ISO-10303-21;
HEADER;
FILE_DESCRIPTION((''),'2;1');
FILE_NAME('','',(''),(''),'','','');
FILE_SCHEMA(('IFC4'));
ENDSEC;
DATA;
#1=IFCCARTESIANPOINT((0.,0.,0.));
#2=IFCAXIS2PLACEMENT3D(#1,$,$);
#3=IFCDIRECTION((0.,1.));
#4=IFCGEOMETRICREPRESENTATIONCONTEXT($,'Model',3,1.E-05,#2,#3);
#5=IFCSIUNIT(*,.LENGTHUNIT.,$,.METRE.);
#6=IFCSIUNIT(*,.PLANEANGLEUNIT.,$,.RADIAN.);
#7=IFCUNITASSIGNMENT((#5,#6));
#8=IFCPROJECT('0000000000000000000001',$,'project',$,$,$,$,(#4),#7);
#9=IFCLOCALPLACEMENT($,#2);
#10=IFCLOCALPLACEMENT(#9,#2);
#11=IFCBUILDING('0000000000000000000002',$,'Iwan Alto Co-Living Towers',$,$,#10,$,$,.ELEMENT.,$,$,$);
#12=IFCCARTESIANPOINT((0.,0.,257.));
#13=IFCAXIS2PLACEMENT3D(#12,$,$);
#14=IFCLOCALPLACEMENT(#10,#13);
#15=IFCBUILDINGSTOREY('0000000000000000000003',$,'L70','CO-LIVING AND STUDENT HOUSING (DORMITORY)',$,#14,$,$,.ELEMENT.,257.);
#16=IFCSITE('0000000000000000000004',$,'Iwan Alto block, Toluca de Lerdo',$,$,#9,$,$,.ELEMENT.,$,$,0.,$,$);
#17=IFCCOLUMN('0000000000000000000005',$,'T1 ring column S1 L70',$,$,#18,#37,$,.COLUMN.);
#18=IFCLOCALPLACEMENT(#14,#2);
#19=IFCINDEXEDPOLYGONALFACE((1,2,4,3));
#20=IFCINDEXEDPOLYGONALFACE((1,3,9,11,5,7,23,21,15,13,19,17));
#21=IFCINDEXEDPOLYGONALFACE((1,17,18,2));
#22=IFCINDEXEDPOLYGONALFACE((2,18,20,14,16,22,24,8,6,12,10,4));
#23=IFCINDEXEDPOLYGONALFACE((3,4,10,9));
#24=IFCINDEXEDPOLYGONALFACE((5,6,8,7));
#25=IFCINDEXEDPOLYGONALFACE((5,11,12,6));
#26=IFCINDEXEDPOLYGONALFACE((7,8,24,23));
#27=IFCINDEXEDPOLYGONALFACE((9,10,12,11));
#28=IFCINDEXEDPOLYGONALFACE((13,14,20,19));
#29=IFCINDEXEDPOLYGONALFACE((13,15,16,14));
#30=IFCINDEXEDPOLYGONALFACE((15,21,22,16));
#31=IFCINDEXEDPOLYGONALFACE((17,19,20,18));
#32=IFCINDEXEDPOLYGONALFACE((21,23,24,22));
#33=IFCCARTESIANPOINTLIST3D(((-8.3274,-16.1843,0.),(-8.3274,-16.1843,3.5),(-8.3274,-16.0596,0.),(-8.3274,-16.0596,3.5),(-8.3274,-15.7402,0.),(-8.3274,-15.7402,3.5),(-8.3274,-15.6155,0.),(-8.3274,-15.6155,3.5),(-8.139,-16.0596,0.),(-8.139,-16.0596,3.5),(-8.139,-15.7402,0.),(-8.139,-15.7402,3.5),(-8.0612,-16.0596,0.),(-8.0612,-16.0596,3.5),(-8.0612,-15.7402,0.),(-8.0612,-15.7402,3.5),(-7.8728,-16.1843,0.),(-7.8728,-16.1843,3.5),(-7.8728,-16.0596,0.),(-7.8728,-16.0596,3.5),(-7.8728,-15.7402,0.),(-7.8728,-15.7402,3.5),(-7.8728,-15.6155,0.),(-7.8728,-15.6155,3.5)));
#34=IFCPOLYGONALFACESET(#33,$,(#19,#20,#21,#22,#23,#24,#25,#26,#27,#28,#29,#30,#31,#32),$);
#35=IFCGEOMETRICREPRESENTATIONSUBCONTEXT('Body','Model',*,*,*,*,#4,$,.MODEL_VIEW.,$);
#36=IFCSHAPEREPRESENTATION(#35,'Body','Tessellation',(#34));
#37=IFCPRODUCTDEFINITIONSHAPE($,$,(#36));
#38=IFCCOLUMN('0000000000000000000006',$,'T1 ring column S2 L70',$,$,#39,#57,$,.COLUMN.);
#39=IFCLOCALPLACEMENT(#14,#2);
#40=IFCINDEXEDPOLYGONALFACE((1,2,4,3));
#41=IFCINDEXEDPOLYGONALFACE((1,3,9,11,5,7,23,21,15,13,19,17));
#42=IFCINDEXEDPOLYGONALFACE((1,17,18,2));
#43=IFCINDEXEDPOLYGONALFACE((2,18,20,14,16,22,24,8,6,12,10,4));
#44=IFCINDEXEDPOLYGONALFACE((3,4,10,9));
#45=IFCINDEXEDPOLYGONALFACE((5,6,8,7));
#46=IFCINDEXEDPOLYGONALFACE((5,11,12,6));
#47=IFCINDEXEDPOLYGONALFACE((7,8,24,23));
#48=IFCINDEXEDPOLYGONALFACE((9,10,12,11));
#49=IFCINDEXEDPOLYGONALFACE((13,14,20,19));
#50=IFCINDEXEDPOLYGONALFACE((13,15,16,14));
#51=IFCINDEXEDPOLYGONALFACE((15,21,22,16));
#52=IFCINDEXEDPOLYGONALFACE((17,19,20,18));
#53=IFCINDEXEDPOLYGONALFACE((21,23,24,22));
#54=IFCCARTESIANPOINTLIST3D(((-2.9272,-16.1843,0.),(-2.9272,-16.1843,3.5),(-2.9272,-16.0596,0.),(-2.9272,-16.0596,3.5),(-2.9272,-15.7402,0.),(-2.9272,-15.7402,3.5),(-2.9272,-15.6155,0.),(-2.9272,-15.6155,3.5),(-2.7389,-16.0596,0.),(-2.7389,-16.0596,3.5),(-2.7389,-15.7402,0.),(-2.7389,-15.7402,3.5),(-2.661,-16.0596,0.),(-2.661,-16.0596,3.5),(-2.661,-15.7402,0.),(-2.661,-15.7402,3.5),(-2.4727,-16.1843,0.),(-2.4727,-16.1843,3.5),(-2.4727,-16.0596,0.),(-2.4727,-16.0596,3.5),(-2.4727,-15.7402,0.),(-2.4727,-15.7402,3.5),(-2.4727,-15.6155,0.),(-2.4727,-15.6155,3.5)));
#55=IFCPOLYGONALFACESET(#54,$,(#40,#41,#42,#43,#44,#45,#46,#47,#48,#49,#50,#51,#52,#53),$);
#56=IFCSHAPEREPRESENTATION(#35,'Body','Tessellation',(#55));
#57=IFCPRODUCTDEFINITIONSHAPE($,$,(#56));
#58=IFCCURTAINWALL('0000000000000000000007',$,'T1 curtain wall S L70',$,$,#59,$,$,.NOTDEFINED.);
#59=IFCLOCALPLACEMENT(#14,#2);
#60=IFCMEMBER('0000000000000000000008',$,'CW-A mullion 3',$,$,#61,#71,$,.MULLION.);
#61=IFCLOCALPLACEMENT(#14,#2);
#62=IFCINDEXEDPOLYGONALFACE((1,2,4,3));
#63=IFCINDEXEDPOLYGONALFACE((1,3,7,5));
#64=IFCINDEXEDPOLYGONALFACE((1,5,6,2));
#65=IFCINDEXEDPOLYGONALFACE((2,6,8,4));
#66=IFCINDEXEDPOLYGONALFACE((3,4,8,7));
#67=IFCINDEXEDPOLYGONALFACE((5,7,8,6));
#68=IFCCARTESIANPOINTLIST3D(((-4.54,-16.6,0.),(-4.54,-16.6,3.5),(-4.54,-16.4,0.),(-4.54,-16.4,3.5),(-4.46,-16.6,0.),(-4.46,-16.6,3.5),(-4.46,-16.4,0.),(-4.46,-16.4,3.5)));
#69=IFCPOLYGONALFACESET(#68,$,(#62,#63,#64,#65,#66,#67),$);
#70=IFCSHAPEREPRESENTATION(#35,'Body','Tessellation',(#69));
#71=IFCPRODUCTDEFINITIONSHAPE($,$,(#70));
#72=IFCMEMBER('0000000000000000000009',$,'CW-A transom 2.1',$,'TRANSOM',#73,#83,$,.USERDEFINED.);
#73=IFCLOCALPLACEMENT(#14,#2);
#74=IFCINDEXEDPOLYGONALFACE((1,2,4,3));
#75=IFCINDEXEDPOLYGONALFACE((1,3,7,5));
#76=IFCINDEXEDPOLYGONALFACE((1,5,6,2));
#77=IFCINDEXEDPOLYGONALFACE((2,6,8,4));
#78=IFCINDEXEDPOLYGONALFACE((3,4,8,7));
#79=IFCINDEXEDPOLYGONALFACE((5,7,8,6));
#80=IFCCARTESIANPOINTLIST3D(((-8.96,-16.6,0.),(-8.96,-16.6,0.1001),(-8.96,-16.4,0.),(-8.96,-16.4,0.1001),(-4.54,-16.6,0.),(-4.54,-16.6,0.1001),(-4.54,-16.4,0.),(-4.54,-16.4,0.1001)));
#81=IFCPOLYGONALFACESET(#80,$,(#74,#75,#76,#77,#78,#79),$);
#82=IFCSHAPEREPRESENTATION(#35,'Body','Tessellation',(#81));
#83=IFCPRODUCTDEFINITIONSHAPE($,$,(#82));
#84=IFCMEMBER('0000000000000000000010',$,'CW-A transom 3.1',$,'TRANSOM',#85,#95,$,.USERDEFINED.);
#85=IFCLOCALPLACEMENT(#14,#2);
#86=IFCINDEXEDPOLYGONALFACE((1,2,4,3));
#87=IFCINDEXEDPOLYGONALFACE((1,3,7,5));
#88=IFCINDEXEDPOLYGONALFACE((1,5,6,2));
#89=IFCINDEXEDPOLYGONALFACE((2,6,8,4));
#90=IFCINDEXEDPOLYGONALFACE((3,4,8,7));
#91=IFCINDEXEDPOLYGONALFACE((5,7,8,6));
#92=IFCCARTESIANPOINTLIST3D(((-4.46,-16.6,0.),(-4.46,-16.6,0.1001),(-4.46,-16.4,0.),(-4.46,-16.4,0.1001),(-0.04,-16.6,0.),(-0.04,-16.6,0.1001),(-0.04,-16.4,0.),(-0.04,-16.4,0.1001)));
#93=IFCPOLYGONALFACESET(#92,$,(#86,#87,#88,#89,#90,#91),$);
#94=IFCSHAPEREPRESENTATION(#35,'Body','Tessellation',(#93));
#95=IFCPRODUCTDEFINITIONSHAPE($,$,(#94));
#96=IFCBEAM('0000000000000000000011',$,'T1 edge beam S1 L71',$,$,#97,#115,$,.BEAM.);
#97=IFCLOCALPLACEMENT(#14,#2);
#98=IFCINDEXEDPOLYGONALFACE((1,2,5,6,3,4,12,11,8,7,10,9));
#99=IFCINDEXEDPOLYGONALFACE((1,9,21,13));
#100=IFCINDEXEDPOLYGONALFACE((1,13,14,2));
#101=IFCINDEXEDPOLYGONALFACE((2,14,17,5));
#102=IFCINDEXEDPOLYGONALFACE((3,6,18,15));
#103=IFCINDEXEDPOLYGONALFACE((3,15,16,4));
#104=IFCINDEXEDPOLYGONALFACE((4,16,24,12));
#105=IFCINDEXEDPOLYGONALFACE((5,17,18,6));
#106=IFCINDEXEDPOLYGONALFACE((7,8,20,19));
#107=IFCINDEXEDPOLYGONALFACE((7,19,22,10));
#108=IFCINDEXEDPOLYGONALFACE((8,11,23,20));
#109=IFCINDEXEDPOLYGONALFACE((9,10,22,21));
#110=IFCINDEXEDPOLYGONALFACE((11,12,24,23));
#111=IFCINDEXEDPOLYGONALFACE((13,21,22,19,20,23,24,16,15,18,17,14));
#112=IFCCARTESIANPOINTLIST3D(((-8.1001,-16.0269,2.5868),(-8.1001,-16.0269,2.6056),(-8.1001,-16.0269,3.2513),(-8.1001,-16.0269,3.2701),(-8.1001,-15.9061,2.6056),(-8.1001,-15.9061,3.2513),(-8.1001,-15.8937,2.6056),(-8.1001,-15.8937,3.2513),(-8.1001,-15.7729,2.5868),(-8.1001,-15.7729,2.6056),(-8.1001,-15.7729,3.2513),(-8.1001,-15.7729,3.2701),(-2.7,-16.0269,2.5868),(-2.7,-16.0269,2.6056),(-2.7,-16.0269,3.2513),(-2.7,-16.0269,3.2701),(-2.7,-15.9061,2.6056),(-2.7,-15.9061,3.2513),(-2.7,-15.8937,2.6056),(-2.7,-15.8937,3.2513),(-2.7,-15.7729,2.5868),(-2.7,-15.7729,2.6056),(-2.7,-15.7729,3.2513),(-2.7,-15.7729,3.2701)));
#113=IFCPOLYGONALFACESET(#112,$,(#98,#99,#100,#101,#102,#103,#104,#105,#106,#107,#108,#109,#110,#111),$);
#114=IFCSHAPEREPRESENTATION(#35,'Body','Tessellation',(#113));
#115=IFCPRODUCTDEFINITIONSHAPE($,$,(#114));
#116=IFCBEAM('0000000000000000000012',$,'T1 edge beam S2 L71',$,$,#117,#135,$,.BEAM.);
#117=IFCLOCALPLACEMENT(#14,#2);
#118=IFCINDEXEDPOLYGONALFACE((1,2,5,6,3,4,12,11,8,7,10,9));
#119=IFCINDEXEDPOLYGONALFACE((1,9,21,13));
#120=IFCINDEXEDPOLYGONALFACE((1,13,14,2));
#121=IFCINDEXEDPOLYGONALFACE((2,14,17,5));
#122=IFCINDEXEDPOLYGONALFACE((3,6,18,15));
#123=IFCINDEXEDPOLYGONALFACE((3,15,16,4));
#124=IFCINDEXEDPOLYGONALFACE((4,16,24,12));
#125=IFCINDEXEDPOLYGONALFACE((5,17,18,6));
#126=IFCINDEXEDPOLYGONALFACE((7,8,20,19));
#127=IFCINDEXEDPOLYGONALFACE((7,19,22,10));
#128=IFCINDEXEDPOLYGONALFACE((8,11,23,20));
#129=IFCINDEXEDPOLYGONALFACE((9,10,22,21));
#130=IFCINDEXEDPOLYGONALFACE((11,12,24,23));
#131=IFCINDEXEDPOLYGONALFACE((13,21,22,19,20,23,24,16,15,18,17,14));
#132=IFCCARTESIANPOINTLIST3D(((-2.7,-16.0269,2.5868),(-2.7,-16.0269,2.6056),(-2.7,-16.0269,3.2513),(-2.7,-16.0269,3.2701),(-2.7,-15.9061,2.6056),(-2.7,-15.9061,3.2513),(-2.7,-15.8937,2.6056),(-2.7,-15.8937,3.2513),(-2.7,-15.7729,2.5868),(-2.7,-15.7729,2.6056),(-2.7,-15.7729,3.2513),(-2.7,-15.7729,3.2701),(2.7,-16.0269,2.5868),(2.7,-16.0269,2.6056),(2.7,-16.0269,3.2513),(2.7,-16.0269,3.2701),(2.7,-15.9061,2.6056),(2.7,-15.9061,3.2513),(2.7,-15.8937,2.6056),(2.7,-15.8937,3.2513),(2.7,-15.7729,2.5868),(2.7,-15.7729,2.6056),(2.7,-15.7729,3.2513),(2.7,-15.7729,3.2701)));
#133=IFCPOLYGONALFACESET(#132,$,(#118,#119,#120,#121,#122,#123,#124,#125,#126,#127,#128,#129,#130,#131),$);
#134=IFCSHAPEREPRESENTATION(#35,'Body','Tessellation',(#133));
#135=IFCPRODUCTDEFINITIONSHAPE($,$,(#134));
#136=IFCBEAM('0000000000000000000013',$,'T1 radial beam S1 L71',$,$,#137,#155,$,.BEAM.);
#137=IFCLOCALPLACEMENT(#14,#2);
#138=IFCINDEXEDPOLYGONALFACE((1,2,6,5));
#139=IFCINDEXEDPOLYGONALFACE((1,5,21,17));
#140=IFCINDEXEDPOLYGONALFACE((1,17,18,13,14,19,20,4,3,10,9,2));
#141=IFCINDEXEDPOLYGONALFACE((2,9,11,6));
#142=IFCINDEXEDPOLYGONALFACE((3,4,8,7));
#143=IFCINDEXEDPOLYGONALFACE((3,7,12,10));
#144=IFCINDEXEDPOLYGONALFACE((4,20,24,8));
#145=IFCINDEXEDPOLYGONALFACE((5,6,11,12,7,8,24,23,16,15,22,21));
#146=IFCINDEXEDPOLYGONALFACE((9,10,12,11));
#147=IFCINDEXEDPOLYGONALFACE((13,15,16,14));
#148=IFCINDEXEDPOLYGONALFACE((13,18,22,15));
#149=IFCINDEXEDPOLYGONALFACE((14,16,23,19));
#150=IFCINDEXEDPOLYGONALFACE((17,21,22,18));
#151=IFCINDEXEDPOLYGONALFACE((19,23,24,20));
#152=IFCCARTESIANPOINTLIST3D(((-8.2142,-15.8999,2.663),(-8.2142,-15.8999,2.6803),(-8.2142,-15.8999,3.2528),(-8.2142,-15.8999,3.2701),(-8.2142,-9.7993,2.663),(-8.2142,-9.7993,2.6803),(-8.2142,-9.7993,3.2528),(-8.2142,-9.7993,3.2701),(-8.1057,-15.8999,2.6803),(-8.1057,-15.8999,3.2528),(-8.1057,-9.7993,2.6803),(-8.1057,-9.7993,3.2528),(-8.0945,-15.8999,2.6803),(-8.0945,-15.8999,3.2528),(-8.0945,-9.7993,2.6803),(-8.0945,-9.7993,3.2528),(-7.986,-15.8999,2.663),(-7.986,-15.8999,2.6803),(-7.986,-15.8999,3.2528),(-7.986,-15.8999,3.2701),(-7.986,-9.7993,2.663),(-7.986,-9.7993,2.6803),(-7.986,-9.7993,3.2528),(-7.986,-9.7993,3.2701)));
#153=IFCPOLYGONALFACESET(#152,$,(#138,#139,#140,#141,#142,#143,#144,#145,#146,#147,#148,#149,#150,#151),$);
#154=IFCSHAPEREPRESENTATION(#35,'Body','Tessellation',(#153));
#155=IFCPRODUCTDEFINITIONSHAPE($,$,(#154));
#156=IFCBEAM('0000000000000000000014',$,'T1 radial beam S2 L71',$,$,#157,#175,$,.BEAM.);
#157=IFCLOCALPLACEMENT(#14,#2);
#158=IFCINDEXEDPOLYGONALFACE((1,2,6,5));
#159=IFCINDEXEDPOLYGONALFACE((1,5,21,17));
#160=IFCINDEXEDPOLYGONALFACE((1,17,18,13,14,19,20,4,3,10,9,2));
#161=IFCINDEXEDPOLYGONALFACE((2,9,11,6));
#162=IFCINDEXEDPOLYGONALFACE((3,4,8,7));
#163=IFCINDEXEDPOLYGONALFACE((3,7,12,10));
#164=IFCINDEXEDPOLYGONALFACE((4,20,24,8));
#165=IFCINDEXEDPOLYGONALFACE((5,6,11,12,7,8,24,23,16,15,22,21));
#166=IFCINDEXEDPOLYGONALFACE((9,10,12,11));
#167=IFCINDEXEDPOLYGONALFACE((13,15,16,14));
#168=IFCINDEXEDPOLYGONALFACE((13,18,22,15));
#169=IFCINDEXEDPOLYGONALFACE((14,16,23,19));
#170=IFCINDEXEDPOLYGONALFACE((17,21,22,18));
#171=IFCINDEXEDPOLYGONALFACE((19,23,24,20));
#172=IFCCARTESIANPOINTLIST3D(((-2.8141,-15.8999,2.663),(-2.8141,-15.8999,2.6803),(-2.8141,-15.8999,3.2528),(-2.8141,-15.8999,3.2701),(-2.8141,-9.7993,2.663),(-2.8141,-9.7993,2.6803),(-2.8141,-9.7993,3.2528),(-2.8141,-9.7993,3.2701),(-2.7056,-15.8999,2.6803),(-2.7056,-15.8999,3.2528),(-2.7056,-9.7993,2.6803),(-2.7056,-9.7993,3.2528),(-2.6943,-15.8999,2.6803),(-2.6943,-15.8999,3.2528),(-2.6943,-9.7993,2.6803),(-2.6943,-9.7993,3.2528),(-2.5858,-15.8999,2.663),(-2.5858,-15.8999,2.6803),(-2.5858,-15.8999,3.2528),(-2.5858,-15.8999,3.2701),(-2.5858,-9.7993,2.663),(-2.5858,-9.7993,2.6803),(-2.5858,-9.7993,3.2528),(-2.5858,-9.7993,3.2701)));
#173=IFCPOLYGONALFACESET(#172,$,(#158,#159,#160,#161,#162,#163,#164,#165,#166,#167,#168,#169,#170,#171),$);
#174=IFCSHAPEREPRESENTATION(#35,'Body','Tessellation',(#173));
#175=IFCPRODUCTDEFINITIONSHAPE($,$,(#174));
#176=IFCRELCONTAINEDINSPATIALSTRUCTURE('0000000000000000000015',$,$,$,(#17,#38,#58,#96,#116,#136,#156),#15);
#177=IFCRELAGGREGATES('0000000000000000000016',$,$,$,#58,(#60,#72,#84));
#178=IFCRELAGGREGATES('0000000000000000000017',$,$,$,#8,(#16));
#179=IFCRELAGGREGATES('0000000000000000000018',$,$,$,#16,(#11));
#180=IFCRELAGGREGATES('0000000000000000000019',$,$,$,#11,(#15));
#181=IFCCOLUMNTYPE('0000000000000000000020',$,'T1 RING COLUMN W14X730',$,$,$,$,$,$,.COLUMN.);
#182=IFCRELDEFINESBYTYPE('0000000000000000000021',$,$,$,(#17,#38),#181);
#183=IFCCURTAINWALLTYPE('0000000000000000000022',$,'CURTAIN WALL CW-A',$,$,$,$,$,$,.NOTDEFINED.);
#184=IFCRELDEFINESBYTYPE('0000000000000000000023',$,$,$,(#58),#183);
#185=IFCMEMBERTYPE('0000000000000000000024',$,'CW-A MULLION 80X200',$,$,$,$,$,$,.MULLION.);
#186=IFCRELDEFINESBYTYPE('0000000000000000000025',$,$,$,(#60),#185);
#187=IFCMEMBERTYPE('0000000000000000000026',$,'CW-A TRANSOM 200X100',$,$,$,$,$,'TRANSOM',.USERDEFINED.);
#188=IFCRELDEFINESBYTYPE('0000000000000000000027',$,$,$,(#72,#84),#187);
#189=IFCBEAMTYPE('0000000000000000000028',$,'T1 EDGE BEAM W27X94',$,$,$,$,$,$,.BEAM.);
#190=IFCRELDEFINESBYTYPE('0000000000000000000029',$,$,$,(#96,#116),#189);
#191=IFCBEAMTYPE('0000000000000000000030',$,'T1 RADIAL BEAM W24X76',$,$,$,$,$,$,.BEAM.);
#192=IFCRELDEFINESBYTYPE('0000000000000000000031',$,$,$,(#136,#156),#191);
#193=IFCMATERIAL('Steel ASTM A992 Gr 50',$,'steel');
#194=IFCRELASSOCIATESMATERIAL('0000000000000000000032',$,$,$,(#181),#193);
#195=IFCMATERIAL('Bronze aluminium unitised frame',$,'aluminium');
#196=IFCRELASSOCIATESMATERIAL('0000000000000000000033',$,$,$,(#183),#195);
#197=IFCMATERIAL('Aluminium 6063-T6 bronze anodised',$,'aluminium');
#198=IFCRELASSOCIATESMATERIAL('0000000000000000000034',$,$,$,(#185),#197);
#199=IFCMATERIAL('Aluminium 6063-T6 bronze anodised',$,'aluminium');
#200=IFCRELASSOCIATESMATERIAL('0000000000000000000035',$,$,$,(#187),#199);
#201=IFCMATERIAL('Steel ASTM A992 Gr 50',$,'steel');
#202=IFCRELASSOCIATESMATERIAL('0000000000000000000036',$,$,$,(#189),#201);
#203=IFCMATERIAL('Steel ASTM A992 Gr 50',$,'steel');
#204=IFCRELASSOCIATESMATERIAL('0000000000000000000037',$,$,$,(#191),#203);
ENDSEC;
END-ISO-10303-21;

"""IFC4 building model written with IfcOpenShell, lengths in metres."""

from ifc_helpers import new_model, si_unit, direction, frame, origin, origin_2d, place, context, subcontext, project, spatial, rectangle, i_section, extrude, material, material_profile, profile_set, type_object, element, aggregate, save


model = new_model("IFC4")

# Units and contexts
model_context = context("Model", 3, precision=1e-05, world=origin(), true_north=direction((0.0, 1.0)))
body_context = subcontext(model_context, "Body", "Model", "MODEL_VIEW")
ifc_project = project(units=[si_unit("LENGTHUNIT", "METRE"), si_unit("PLANEANGLEUNIT", "RADIAN")], contexts=[model_context])

# Site, building, storey
site_placement = place(None, origin())
site = spatial("IfcSite", under=ifc_project, at=site_placement, Name="Iwan Alto block, Toluca de Lerdo", CompositionType="ELEMENT", RefElevation=0.0)
building_placement = place(site_placement, origin())
building = spatial("IfcBuilding", under=site, at=building_placement, Name="Iwan Alto Co-Living Towers", CompositionType="ELEMENT")
storey_placement = place(building_placement, frame((0.0, 0.0, 257.0)))
storey = spatial("IfcBuildingStorey", under=building, at=storey_placement, Name="L70", Description="CO-LIVING AND STUDENT HOUSING (DORMITORY)", CompositionType="ELEMENT", Elevation=257.0)

# Columns
ifc_material_1 = material(Name="Steel ASTM A992 Gr 50", Category="steel")
ifc_material_profile_1 = material_profile(ifc_material_1, i_section(OverallWidth=0.4546, OverallDepth=0.5688, WebThickness=0.0779, FlangeThickness=0.1248, at=origin_2d()), Name="W14X730")
ifc_profile_set_1 = profile_set([ifc_material_profile_1], Name="Steel ASTM A992 Gr 50")
column_type = type_object("IfcColumnType", Name="T1 RING COLUMN W14X730", PredefinedType="COLUMN", material=ifc_profile_set_1)
for number, where, z_axis, x_axis, name in (
    (1, (-8.1001, -15.8999, 0.0), (0.0, 0.0, 1.0), (1.0, 0.0, 0.0), "T1 ring column S1 L70"),
    (2, (-2.7, -15.8999, 0.0), (0.0, 0.0, 1.0), (1.0, 0.0, 0.0), "T1 ring column S2 L70"),
):
    element("IfcColumn", number, at=place(storey_placement, frame(where, z_axis=z_axis, x_axis=x_axis)), inside=storey, type_object=column_type, Name=name, PredefinedType="COLUMN", context=body_context, shape_type="SweptSolid", body=[
        extrude(i_section(OverallWidth=0.4546, OverallDepth=0.5688, WebThickness=0.0779, FlangeThickness=0.1248, at=origin_2d()), origin(), (0.0, 0.0, 1.0), 3.5),
    ])

# Curtain wall, members
ifc_material_2 = material(Name="Bronze aluminium unitised frame", Category="aluminium")
curtain_wall_type = type_object("IfcCurtainWallType", Name="CURTAIN WALL CW-A", PredefinedType="NOTDEFINED", material=ifc_material_2)
curtain_wall_placement = place(storey_placement, origin())
curtain_wall = element("IfcCurtainWall", 3, at=curtain_wall_placement, inside=storey, type_object=curtain_wall_type, Name="T1 curtain wall S L70", PredefinedType="NOTDEFINED")
ifc_material_3 = material(Name="Aluminium 6063-T6 bronze anodised", Category="aluminium")
ifc_material_profile_2 = material_profile(ifc_material_3, rectangle(XDim=0.2, YDim=0.0801, at=origin_2d()), Name="AL 80X200")
ifc_profile_set_2 = profile_set([ifc_material_profile_2], Name="Aluminium 6063-T6 bronze anodised")
member_type_1 = type_object("IfcMemberType", Name="CW-A MULLION 80X200", PredefinedType="MULLION", material=ifc_profile_set_2)
member_1_placement = place(storey_placement, frame((-4.5, -16.5, 0.0), z_axis=(0.0, 0.0, 1.0), x_axis=(0.0, 1.0, 0.0)))
member_1 = element("IfcMember", 4, at=member_1_placement, type_object=member_type_1, Name="CW-A mullion 3", PredefinedType="MULLION", context=body_context, shape_type="SweptSolid", body=[
    extrude(rectangle(XDim=0.2, YDim=0.0801, at=origin_2d()), origin(), (0.0, 0.0, 1.0), 3.5),
])
ifc_material_4 = material(Name="Aluminium 6063-T6 bronze anodised", Category="aluminium")
ifc_material_profile_3 = material_profile(ifc_material_4, rectangle(XDim=0.2, YDim=0.1001, at=origin_2d()), Name="AL 200X100")
ifc_profile_set_3 = profile_set([ifc_material_profile_3], Name="Aluminium 6063-T6 bronze anodised")
member_type_2 = type_object("IfcMemberType", Name="CW-A TRANSOM 200X100", ElementType="TRANSOM", PredefinedType="USERDEFINED", material=ifc_profile_set_3)
member_2_placement = place(storey_placement, frame((-8.96, -16.5, 0.05), z_axis=(1.0, 0.0, 0.0), x_axis=(0.0, 1.0, 0.0)))
member_2 = element("IfcMember", 5, at=member_2_placement, type_object=member_type_2, Name="CW-A transom 2.1", ObjectType="TRANSOM", PredefinedType="USERDEFINED", context=body_context, shape_type="SweptSolid", body=[
    extrude(rectangle(XDim=0.2, YDim=0.1001, at=origin_2d()), origin(), (0.0, 0.0, 1.0), 4.4199),
])
member_3_placement = place(storey_placement, frame((-4.46, -16.5, 0.05), z_axis=(1.0, 0.0, 0.0), x_axis=(0.0, 1.0, 0.0)))
member_3 = element("IfcMember", 6, at=member_3_placement, type_object=member_type_2, Name="CW-A transom 3.1", ObjectType="TRANSOM", PredefinedType="USERDEFINED", context=body_context, shape_type="SweptSolid", body=[
    extrude(rectangle(XDim=0.2, YDim=0.1001, at=origin_2d()), origin(), (0.0, 0.0, 1.0), 4.4199),
])

# Beams
ifc_material_5 = material(Name="Steel ASTM A992 Gr 50", Category="steel")
ifc_material_profile_4 = material_profile(ifc_material_5, i_section(OverallWidth=0.2539, OverallDepth=0.6833, WebThickness=0.0125, FlangeThickness=0.0188, at=origin_2d()), Name="W27X94")
ifc_profile_set_4 = profile_set([ifc_material_profile_4], Name="Steel ASTM A992 Gr 50")
beam_type_1 = type_object("IfcBeamType", Name="T1 EDGE BEAM W27X94", PredefinedType="BEAM", material=ifc_profile_set_4)
beam_1_placement = place(storey_placement, frame((-8.1001, -15.8999, 2.9285), z_axis=(1.0, 0.0, 0.0), x_axis=(0.0, 1.0, 0.0)))
element("IfcBeam", 7, at=beam_1_placement, inside=storey, type_object=beam_type_1, Name="T1 edge beam S1 L71", PredefinedType="BEAM", context=body_context, shape_type="SweptSolid", body=[
    extrude(i_section(OverallWidth=0.2539, OverallDepth=0.6833, WebThickness=0.0125, FlangeThickness=0.0188, at=origin_2d()), origin(), (0.0, 0.0, 1.0), 5.4001),
])
beam_2_placement = place(storey_placement, frame((-2.7, -15.8999, 2.9285), z_axis=(1.0, 0.0, 0.0), x_axis=(0.0, 1.0, 0.0)))
element("IfcBeam", 8, at=beam_2_placement, inside=storey, type_object=beam_type_1, Name="T1 edge beam S2 L71", PredefinedType="BEAM", context=body_context, shape_type="SweptSolid", body=[
    extrude(i_section(OverallWidth=0.2539, OverallDepth=0.6833, WebThickness=0.0125, FlangeThickness=0.0188, at=origin_2d()), origin(), (0.0, 0.0, 1.0), 5.3999),
])
ifc_material_6 = material(Name="Steel ASTM A992 Gr 50", Category="steel")
ifc_material_profile_5 = material_profile(ifc_material_6, i_section(OverallWidth=0.2283, OverallDepth=0.6072, WebThickness=0.0112, FlangeThickness=0.0173, at=origin_2d()), Name="W24X76")
ifc_profile_set_5 = profile_set([ifc_material_profile_5], Name="Steel ASTM A992 Gr 50")
beam_type_2 = type_object("IfcBeamType", Name="T1 RADIAL BEAM W24X76", PredefinedType="BEAM", material=ifc_profile_set_5)
for number, where, z_axis, x_axis, name in (
    (9, (-8.1001, -15.8999, 2.9666), (0.0, 1.0, 0.0), (-1.0, 0.0, 0.0), "T1 radial beam S1 L71"),
    (10, (-2.7, -15.8999, 2.9666), (0.0, 1.0, 0.0), (-1.0, 0.0, 0.0), "T1 radial beam S2 L71"),
):
    element("IfcBeam", number, at=place(storey_placement, frame(where, z_axis=z_axis, x_axis=x_axis)), inside=storey, type_object=beam_type_2, Name=name, PredefinedType="BEAM", context=body_context, shape_type="SweptSolid", body=[
        extrude(i_section(OverallWidth=0.2283, OverallDepth=0.6072, WebThickness=0.0112, FlangeThickness=0.0173, at=origin_2d()), origin(), (0.0, 0.0, 1.0), 6.1006),
    ])

aggregate(curtain_wall, [member_1, member_2, member_3])

save(model, "model.ifc")
